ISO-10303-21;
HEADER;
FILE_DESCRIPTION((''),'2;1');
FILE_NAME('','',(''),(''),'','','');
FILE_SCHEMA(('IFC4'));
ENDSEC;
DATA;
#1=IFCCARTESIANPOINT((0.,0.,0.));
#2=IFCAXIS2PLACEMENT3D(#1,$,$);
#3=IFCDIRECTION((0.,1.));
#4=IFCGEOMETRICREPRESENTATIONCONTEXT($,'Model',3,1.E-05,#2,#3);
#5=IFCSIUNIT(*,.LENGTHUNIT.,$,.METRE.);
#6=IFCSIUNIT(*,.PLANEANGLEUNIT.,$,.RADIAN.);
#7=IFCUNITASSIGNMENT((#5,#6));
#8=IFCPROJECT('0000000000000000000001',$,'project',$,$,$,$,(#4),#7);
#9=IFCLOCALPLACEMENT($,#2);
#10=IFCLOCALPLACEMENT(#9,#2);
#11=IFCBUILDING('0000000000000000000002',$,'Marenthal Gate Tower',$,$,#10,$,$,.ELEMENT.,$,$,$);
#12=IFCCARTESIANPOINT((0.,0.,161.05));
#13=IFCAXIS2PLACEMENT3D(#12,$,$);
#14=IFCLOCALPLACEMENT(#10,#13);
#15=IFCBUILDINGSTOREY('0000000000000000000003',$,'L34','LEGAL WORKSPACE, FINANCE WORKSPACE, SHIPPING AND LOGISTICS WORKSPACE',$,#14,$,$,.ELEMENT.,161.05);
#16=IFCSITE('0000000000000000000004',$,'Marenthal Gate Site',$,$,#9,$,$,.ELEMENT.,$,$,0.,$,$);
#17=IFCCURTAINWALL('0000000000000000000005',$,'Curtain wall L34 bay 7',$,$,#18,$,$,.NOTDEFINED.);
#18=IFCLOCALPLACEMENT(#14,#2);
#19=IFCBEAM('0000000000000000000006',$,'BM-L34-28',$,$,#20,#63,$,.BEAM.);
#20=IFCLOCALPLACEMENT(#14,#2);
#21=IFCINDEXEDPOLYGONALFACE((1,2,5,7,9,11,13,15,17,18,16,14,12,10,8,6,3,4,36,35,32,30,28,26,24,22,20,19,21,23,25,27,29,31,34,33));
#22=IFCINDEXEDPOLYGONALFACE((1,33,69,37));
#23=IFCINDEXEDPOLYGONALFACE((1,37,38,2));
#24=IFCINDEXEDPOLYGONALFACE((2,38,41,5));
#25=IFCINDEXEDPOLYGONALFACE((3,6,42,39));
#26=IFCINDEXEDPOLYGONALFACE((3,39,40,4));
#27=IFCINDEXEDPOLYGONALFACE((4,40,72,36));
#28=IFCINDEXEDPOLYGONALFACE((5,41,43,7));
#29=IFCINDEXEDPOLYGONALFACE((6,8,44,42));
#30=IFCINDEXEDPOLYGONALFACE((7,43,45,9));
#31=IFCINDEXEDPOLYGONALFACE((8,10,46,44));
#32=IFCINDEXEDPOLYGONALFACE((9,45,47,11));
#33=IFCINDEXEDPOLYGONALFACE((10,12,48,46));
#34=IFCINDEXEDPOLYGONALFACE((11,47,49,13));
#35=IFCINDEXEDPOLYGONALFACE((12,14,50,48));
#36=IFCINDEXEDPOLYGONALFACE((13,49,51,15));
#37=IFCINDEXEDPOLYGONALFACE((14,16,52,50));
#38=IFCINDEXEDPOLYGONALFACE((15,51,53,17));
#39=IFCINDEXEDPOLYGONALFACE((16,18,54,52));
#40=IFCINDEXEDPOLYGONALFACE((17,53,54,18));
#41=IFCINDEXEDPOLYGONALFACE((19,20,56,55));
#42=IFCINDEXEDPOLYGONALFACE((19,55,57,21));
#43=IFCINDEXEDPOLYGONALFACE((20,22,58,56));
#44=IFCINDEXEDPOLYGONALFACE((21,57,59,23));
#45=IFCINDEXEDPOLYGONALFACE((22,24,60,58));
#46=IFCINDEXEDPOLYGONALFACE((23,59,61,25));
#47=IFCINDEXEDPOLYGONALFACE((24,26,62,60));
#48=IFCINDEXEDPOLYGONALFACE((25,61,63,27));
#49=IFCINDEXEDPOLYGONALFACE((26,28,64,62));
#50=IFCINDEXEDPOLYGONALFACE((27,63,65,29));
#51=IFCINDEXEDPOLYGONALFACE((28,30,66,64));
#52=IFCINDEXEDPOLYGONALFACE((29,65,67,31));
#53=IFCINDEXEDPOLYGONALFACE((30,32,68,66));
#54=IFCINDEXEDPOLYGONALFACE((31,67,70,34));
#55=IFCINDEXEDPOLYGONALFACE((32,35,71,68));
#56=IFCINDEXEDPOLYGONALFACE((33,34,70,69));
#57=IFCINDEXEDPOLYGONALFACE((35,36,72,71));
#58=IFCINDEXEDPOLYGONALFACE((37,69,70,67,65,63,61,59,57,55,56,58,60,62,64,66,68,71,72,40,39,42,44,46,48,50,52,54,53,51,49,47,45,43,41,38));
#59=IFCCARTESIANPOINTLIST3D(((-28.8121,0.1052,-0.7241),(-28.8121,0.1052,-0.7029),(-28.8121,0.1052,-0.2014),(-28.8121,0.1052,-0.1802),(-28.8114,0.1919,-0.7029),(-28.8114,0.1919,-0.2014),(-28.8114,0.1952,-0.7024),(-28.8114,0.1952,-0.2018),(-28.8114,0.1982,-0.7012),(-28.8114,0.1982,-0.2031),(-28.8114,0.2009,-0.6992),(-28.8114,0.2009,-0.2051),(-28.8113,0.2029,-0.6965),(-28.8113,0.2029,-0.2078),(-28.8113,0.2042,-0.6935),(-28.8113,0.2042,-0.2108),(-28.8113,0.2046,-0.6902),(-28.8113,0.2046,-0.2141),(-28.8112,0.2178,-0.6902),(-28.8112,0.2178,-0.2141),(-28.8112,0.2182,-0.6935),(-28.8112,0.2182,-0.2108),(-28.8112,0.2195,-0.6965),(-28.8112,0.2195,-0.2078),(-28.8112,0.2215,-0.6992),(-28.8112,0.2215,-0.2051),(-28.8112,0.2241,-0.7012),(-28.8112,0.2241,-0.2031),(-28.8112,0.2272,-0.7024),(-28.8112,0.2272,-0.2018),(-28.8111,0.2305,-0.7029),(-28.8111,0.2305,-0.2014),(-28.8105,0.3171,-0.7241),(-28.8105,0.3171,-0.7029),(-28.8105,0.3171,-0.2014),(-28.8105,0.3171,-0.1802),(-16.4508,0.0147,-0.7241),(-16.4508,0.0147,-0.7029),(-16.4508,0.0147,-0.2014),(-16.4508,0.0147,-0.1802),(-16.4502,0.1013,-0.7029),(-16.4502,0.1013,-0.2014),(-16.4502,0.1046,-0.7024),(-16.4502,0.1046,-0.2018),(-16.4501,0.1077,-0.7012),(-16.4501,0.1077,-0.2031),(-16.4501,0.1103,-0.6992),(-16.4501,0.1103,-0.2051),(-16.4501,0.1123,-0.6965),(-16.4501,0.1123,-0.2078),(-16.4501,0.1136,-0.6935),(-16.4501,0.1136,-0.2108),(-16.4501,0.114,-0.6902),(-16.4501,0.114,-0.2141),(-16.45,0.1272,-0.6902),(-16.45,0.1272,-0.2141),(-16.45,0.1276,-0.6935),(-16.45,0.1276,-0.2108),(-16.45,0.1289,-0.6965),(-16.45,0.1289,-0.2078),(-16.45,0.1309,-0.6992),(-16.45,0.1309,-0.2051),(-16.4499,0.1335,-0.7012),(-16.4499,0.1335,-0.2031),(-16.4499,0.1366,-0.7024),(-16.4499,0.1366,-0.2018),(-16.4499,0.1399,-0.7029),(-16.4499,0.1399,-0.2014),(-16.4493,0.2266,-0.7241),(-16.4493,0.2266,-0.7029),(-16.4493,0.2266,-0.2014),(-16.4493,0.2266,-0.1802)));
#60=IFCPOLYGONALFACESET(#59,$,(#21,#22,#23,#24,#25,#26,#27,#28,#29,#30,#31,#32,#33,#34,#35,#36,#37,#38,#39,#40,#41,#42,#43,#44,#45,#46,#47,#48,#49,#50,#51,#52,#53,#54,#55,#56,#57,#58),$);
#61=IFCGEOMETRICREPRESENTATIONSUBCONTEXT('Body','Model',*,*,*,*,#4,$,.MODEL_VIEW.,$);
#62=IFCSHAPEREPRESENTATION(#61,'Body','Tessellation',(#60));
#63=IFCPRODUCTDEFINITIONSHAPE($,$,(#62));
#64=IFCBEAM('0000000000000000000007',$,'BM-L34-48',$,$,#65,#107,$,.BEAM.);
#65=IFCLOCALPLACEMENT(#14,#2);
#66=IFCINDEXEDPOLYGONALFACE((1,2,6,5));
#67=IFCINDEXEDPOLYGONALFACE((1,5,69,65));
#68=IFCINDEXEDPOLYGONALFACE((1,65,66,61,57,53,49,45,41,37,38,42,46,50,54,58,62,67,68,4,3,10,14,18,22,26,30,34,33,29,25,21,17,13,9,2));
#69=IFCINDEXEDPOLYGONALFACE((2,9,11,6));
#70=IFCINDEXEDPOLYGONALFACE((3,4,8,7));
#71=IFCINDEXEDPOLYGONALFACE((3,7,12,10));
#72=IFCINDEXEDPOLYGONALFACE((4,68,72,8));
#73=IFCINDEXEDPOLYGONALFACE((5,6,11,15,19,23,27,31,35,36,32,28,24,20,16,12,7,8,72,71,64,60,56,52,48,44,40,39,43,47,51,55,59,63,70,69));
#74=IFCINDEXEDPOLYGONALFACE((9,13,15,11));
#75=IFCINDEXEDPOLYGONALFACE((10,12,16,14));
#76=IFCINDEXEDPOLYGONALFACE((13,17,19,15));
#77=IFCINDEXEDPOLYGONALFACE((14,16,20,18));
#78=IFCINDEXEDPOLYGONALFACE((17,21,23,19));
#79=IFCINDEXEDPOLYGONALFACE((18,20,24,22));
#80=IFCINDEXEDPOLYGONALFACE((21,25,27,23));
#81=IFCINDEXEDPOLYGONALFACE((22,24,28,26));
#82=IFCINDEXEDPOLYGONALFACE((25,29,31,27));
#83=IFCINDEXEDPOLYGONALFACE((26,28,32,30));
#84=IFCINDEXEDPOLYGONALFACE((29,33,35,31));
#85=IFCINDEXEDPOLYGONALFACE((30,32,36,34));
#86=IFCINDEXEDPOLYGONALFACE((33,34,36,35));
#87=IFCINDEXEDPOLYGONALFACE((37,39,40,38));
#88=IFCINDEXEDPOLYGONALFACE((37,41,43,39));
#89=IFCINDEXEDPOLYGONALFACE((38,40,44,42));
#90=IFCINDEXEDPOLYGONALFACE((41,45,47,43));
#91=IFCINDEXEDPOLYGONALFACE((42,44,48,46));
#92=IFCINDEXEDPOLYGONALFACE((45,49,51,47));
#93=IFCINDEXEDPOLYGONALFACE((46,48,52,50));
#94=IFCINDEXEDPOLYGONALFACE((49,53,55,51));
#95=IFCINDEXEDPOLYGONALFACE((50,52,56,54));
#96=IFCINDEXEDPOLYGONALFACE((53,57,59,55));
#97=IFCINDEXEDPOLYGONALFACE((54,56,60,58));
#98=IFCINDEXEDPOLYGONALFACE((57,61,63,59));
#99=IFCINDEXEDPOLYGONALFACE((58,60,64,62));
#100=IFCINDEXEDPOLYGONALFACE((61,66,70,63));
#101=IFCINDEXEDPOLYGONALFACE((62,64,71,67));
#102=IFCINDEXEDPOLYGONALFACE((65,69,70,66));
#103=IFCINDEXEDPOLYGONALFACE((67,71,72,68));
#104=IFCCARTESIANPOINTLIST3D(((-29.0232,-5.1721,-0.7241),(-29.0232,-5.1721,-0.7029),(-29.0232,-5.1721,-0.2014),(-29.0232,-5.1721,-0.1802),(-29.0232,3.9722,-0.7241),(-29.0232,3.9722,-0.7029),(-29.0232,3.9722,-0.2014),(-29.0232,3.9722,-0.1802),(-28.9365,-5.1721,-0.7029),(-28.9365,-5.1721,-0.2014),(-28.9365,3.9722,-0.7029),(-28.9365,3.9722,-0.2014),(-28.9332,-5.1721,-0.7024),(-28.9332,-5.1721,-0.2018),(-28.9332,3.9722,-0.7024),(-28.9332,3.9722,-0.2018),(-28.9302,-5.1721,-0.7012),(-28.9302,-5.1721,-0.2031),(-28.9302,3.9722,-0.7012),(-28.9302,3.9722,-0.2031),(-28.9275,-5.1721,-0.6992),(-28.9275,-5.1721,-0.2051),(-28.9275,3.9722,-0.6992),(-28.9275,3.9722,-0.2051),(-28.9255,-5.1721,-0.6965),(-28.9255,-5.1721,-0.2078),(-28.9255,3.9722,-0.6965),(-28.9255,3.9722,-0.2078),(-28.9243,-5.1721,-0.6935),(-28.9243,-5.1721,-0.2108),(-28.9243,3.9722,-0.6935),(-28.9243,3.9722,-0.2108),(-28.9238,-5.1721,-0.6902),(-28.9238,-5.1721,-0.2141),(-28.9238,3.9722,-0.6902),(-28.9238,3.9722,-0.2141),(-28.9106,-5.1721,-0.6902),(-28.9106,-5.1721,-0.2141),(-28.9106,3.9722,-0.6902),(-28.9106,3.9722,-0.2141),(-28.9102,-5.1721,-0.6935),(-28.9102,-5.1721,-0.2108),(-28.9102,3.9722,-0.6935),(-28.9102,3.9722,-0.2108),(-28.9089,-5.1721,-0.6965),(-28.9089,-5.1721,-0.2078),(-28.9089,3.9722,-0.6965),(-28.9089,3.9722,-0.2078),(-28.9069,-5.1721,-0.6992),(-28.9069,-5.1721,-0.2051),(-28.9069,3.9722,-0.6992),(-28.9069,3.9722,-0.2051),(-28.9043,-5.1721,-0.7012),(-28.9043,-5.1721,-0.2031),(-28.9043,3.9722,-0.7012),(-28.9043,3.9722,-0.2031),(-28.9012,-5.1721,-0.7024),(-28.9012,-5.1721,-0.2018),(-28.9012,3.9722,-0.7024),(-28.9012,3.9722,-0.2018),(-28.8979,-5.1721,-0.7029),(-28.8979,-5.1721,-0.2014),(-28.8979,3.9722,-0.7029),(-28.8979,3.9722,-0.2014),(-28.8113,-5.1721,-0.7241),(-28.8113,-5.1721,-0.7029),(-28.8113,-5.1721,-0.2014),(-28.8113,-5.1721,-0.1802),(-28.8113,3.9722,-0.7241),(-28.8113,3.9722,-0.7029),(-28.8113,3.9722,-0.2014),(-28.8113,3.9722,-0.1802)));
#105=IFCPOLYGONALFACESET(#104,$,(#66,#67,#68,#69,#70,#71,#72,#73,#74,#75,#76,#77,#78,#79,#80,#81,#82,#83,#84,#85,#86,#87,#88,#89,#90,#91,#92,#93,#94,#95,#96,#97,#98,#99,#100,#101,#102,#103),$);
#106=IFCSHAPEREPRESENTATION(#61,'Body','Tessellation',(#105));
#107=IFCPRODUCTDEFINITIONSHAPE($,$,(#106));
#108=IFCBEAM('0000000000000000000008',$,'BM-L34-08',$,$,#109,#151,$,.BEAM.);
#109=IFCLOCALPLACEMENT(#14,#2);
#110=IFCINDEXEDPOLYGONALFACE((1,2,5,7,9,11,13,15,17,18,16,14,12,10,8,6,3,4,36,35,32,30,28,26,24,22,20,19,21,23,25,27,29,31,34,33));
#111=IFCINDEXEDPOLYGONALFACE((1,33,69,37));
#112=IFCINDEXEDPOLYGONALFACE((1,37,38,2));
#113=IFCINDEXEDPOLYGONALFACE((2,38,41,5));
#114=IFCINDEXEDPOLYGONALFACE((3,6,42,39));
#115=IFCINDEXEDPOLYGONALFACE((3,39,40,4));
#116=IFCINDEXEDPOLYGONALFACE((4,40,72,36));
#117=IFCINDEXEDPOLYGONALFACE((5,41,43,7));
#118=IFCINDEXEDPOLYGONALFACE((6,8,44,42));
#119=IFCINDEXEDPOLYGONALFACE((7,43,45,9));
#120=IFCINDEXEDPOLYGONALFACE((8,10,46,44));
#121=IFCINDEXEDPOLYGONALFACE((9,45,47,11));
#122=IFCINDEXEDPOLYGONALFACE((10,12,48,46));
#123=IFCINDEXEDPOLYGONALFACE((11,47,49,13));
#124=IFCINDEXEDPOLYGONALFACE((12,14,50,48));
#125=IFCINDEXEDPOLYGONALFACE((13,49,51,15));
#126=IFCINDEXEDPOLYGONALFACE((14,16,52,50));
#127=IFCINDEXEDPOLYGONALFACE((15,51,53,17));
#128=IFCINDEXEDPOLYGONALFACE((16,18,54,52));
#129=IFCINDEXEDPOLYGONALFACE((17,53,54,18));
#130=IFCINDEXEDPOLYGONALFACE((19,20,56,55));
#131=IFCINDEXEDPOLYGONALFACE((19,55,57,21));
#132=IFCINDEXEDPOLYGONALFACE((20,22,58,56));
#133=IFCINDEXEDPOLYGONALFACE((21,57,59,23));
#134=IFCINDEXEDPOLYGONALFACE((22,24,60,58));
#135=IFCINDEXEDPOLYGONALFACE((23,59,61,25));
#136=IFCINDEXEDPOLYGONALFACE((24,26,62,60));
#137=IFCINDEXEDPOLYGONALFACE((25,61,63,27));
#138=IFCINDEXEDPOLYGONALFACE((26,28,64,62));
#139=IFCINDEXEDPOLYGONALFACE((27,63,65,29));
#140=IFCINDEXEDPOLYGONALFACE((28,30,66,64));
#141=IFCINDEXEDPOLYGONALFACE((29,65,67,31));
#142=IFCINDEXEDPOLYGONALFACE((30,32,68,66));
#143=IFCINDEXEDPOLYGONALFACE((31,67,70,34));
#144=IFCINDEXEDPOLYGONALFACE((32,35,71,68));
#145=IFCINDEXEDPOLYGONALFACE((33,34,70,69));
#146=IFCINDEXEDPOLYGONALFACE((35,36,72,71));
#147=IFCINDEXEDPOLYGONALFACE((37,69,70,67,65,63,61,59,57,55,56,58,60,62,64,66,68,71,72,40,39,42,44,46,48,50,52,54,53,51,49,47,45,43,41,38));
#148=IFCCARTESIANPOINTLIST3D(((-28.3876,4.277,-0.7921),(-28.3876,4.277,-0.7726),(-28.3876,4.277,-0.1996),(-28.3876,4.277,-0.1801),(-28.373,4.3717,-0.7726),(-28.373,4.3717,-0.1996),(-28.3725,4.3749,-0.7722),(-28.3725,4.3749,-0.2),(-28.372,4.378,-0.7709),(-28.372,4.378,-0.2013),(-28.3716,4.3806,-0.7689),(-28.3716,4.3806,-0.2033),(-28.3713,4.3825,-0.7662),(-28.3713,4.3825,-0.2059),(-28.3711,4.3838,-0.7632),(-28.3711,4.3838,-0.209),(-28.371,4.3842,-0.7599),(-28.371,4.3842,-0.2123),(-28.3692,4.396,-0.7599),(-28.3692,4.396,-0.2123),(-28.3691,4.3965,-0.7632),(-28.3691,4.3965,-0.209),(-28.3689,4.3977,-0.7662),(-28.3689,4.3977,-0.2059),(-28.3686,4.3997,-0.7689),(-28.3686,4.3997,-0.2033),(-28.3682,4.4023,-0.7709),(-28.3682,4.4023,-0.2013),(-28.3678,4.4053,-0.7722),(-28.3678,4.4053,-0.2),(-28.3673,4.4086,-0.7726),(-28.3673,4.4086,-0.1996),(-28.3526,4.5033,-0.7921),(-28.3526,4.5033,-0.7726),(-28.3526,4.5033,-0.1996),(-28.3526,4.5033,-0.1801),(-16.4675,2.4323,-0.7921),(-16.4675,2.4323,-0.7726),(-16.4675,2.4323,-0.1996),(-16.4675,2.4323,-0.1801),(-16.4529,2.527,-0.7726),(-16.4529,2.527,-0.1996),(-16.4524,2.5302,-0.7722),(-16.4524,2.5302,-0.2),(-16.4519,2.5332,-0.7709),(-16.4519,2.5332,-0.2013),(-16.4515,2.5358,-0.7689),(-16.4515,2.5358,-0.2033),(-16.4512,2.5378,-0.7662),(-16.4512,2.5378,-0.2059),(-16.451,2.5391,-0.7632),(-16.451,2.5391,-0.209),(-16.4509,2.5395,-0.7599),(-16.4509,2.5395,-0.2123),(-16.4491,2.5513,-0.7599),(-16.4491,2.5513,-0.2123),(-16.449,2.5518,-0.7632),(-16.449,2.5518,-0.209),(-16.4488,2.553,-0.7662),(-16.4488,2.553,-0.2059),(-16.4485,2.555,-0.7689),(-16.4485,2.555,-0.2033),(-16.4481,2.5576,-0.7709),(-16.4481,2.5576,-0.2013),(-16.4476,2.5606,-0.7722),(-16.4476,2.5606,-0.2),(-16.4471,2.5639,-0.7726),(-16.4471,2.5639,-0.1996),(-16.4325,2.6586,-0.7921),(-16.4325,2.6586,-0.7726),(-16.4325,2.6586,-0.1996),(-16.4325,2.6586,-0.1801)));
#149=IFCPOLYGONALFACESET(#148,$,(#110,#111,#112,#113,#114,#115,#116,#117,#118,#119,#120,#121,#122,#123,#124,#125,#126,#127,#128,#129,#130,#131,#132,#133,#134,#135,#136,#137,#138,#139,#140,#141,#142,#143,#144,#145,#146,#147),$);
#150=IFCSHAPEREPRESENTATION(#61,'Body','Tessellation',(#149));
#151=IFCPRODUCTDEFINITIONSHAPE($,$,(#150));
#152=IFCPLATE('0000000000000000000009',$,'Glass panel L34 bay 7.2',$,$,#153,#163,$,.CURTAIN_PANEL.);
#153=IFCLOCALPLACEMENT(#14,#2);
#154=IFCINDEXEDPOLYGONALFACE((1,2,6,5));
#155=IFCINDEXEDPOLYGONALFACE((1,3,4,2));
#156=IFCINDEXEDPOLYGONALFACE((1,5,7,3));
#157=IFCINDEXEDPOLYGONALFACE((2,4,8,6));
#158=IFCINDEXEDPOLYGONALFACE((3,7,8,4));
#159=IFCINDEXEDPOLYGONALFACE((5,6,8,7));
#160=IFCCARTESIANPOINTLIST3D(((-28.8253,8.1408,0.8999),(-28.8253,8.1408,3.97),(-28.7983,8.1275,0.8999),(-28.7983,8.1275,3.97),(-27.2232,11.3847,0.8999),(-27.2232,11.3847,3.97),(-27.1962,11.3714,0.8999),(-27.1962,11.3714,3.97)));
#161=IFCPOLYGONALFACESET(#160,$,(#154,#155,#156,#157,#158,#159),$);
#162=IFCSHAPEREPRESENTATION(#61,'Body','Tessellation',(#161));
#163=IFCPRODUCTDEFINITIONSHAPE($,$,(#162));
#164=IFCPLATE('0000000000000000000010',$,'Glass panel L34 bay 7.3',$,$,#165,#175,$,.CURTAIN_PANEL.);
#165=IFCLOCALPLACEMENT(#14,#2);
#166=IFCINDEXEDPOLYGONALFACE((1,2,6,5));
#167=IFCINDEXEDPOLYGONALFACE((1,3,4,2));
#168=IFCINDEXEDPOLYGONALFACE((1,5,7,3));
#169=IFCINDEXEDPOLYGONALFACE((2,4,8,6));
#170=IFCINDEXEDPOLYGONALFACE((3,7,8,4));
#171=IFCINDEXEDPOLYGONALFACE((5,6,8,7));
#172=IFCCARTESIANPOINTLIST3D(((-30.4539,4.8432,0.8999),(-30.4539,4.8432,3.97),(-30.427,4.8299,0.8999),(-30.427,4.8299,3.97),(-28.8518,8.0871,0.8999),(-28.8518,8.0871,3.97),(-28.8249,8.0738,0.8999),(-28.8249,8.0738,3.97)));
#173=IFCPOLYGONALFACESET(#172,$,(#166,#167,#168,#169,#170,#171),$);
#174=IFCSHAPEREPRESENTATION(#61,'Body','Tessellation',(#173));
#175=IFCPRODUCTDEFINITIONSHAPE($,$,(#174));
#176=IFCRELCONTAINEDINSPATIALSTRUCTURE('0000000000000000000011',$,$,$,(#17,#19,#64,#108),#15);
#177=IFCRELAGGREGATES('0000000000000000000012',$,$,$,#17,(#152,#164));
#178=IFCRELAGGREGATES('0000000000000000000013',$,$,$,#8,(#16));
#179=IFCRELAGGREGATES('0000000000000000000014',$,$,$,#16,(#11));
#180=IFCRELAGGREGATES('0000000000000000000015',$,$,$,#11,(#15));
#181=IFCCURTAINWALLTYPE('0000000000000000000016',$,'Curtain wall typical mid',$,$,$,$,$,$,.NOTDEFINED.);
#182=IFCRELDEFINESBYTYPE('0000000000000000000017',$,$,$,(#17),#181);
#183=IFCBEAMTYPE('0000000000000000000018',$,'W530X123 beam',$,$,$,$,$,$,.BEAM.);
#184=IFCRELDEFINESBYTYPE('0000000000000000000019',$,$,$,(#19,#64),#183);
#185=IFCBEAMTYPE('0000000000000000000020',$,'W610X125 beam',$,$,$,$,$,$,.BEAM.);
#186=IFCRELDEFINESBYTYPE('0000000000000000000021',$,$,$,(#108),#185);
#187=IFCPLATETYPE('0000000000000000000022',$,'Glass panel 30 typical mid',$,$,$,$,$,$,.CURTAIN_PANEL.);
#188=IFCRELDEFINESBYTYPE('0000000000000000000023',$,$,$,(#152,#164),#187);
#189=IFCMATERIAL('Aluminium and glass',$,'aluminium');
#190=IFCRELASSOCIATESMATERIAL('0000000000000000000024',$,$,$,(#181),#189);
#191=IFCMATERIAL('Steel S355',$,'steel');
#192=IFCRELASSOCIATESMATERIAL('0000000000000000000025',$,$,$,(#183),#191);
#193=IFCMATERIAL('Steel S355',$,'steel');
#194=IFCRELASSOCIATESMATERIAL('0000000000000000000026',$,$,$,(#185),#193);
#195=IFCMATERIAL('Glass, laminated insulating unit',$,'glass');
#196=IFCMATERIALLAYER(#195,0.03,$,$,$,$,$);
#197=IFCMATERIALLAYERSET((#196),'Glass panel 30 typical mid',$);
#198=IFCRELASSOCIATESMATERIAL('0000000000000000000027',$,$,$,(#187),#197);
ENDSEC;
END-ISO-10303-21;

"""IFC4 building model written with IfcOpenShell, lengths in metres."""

from ifc_helpers import new_model, si_unit, direction, frame, origin, origin_2d, place, context, subcontext, project, spatial, rectangle, i_section, extrude, material, layer, layer_set, material_profile, profile_set, type_object, element, aggregate, save


model = new_model("IFC4")

# Units and contexts
model_context = context("Model", 3, precision=1e-05, world=origin(), true_north=direction((0.0, 1.0)))
body_context = subcontext(model_context, "Body", "Model", "MODEL_VIEW")
ifc_project = project(units=[si_unit("LENGTHUNIT", "METRE"), si_unit("PLANEANGLEUNIT", "RADIAN")], contexts=[model_context])

# Site, building, storey
site_placement = place(None, origin())
site = spatial("IfcSite", under=ifc_project, at=site_placement, Name="Marenthal Gate Site", CompositionType="ELEMENT", RefElevation=0.0)
building_placement = place(site_placement, origin())
building = spatial("IfcBuilding", under=site, at=building_placement, Name="Marenthal Gate Tower", CompositionType="ELEMENT")
storey_placement = place(building_placement, frame((0.0, 0.0, 161.05)))
storey = spatial("IfcBuildingStorey", under=building, at=storey_placement, Name="L34", Description="LEGAL WORKSPACE, FINANCE WORKSPACE, SHIPPING AND LOGISTICS WORKSPACE", CompositionType="ELEMENT", Elevation=161.05)

# Curtain wall
ifc_material_1 = material(Name="Aluminium and glass", Category="aluminium")
curtain_wall_type = type_object("IfcCurtainWallType", Name="Curtain wall typical mid", PredefinedType="NOTDEFINED", material=ifc_material_1)
curtain_wall_placement = place(storey_placement, origin())
curtain_wall = element("IfcCurtainWall", 1, at=curtain_wall_placement, inside=storey, type_object=curtain_wall_type, Name="Curtain wall L34 bay 7", PredefinedType="NOTDEFINED")

# Beams
ifc_material_2 = material(Name="Steel S355", Category="steel")
ifc_material_profile_1 = material_profile(ifc_material_2, i_section(OverallWidth=0.2119, OverallDepth=0.5439, WebThickness=0.0132, FlangeThickness=0.0212, FilletRadius=0.0127, at=origin_2d()), Name="W530X123")
ifc_profile_set_1 = profile_set([ifc_material_profile_1], Name="Steel S355")
beam_type_1 = type_object("IfcBeamType", Name="W530X123 beam", PredefinedType="BEAM", material=ifc_profile_set_1)
beam_1_placement = place(storey_placement, frame((-28.8113, 0.2112, -0.4521), z_axis=(0.999973, -0.007327, 0.0), x_axis=(0.007327, 0.999973, 0.0)))
element("IfcBeam", 2, at=beam_1_placement, inside=storey, type_object=beam_type_1, Name="BM-L34-28", PredefinedType="BEAM", context=body_context, shape_type="SweptSolid", body=[
    extrude(i_section(OverallWidth=0.2119, OverallDepth=0.5439, WebThickness=0.0132, FlangeThickness=0.0212, FilletRadius=0.0127, at=origin_2d()), origin(), (0.0, 0.0, 1.0), 12.3616),
])
beam_2_placement = place(storey_placement, frame((-28.9172, 3.9722, -0.4521), z_axis=(0.0, -1.0, 0.0), x_axis=(1.0, 0.0, 0.0)))
element("IfcBeam", 3, at=beam_2_placement, inside=storey, type_object=beam_type_1, Name="BM-L34-48", PredefinedType="BEAM", context=body_context, shape_type="SweptSolid", body=[
    extrude(i_section(OverallWidth=0.2119, OverallDepth=0.5439, WebThickness=0.0132, FlangeThickness=0.0212, FilletRadius=0.0127, at=origin_2d()), origin(), (0.0, 0.0, 1.0), 9.1443),
])
ifc_material_3 = material(Name="Steel S355", Category="steel")
ifc_material_profile_2 = material_profile(ifc_material_3, i_section(OverallWidth=0.229, OverallDepth=0.6121, WebThickness=0.012, FlangeThickness=0.0195, FilletRadius=0.0127, at=origin_2d()), Name="W610X125")
ifc_profile_set_2 = profile_set([ifc_material_profile_2], Name="Steel S355")
beam_type_2 = type_object("IfcBeamType", Name="W610X125 beam", PredefinedType="BEAM", material=ifc_profile_set_2)
beam_3_placement = place(storey_placement, frame((-28.3701, 4.3901, -0.4861), z_axis=(0.988236, -0.152936, 0.0), x_axis=(0.152936, 0.988236, 0.0)))
element("IfcBeam", 4, at=beam_3_placement, inside=storey, type_object=beam_type_2, Name="BM-L34-08", PredefinedType="BEAM", context=body_context, shape_type="SweptSolid", body=[
    extrude(i_section(OverallWidth=0.229, OverallDepth=0.6121, WebThickness=0.012, FlangeThickness=0.0195, FilletRadius=0.0127, at=origin_2d()), origin(), (0.0, 0.0, 1.0), 12.062),
])

# Plates
ifc_material_4 = material(Name="Glass, laminated insulating unit", Category="glass")
ifc_layer_1 = layer(ifc_material_4, 0.03)
ifc_layer_set_1 = layer_set([ifc_layer_1], Name="Glass panel 30 typical mid")
plate_type = type_object("IfcPlateType", Name="Glass panel 30 typical mid", PredefinedType="CURTAIN_PANEL", material=ifc_layer_set_1)
plate_1_placement = place(storey_placement, frame((-28.0107, 9.7561, 0.8999), z_axis=(0.0, 0.0, 1.0), x_axis=(-0.442824, -0.896609, 0.0)))
plate_1 = element("IfcPlate", 5, at=plate_1_placement, type_object=plate_type, Name="Glass panel L34 bay 7.2", PredefinedType="CURTAIN_PANEL", context=body_context, shape_type="SweptSolid", body=[
    extrude(rectangle(XDim=3.6179, YDim=0.03, at=origin_2d()), origin(), (0.0, 0.0, 1.0), 3.0701),
])
plate_2_placement = place(storey_placement, frame((-29.6394, 6.4585, 0.8999), z_axis=(0.0, 0.0, 1.0), x_axis=(-0.442824, -0.896609, 0.0)))
plate_2 = element("IfcPlate", 6, at=plate_2_placement, type_object=plate_type, Name="Glass panel L34 bay 7.3", PredefinedType="CURTAIN_PANEL", context=body_context, shape_type="SweptSolid", body=[
    extrude(rectangle(XDim=3.6179, YDim=0.03, at=origin_2d()), origin(), (0.0, 0.0, 1.0), 3.0701),
])
aggregate(curtain_wall, [plate_1, plate_2])

save(model, "model.ifc")
